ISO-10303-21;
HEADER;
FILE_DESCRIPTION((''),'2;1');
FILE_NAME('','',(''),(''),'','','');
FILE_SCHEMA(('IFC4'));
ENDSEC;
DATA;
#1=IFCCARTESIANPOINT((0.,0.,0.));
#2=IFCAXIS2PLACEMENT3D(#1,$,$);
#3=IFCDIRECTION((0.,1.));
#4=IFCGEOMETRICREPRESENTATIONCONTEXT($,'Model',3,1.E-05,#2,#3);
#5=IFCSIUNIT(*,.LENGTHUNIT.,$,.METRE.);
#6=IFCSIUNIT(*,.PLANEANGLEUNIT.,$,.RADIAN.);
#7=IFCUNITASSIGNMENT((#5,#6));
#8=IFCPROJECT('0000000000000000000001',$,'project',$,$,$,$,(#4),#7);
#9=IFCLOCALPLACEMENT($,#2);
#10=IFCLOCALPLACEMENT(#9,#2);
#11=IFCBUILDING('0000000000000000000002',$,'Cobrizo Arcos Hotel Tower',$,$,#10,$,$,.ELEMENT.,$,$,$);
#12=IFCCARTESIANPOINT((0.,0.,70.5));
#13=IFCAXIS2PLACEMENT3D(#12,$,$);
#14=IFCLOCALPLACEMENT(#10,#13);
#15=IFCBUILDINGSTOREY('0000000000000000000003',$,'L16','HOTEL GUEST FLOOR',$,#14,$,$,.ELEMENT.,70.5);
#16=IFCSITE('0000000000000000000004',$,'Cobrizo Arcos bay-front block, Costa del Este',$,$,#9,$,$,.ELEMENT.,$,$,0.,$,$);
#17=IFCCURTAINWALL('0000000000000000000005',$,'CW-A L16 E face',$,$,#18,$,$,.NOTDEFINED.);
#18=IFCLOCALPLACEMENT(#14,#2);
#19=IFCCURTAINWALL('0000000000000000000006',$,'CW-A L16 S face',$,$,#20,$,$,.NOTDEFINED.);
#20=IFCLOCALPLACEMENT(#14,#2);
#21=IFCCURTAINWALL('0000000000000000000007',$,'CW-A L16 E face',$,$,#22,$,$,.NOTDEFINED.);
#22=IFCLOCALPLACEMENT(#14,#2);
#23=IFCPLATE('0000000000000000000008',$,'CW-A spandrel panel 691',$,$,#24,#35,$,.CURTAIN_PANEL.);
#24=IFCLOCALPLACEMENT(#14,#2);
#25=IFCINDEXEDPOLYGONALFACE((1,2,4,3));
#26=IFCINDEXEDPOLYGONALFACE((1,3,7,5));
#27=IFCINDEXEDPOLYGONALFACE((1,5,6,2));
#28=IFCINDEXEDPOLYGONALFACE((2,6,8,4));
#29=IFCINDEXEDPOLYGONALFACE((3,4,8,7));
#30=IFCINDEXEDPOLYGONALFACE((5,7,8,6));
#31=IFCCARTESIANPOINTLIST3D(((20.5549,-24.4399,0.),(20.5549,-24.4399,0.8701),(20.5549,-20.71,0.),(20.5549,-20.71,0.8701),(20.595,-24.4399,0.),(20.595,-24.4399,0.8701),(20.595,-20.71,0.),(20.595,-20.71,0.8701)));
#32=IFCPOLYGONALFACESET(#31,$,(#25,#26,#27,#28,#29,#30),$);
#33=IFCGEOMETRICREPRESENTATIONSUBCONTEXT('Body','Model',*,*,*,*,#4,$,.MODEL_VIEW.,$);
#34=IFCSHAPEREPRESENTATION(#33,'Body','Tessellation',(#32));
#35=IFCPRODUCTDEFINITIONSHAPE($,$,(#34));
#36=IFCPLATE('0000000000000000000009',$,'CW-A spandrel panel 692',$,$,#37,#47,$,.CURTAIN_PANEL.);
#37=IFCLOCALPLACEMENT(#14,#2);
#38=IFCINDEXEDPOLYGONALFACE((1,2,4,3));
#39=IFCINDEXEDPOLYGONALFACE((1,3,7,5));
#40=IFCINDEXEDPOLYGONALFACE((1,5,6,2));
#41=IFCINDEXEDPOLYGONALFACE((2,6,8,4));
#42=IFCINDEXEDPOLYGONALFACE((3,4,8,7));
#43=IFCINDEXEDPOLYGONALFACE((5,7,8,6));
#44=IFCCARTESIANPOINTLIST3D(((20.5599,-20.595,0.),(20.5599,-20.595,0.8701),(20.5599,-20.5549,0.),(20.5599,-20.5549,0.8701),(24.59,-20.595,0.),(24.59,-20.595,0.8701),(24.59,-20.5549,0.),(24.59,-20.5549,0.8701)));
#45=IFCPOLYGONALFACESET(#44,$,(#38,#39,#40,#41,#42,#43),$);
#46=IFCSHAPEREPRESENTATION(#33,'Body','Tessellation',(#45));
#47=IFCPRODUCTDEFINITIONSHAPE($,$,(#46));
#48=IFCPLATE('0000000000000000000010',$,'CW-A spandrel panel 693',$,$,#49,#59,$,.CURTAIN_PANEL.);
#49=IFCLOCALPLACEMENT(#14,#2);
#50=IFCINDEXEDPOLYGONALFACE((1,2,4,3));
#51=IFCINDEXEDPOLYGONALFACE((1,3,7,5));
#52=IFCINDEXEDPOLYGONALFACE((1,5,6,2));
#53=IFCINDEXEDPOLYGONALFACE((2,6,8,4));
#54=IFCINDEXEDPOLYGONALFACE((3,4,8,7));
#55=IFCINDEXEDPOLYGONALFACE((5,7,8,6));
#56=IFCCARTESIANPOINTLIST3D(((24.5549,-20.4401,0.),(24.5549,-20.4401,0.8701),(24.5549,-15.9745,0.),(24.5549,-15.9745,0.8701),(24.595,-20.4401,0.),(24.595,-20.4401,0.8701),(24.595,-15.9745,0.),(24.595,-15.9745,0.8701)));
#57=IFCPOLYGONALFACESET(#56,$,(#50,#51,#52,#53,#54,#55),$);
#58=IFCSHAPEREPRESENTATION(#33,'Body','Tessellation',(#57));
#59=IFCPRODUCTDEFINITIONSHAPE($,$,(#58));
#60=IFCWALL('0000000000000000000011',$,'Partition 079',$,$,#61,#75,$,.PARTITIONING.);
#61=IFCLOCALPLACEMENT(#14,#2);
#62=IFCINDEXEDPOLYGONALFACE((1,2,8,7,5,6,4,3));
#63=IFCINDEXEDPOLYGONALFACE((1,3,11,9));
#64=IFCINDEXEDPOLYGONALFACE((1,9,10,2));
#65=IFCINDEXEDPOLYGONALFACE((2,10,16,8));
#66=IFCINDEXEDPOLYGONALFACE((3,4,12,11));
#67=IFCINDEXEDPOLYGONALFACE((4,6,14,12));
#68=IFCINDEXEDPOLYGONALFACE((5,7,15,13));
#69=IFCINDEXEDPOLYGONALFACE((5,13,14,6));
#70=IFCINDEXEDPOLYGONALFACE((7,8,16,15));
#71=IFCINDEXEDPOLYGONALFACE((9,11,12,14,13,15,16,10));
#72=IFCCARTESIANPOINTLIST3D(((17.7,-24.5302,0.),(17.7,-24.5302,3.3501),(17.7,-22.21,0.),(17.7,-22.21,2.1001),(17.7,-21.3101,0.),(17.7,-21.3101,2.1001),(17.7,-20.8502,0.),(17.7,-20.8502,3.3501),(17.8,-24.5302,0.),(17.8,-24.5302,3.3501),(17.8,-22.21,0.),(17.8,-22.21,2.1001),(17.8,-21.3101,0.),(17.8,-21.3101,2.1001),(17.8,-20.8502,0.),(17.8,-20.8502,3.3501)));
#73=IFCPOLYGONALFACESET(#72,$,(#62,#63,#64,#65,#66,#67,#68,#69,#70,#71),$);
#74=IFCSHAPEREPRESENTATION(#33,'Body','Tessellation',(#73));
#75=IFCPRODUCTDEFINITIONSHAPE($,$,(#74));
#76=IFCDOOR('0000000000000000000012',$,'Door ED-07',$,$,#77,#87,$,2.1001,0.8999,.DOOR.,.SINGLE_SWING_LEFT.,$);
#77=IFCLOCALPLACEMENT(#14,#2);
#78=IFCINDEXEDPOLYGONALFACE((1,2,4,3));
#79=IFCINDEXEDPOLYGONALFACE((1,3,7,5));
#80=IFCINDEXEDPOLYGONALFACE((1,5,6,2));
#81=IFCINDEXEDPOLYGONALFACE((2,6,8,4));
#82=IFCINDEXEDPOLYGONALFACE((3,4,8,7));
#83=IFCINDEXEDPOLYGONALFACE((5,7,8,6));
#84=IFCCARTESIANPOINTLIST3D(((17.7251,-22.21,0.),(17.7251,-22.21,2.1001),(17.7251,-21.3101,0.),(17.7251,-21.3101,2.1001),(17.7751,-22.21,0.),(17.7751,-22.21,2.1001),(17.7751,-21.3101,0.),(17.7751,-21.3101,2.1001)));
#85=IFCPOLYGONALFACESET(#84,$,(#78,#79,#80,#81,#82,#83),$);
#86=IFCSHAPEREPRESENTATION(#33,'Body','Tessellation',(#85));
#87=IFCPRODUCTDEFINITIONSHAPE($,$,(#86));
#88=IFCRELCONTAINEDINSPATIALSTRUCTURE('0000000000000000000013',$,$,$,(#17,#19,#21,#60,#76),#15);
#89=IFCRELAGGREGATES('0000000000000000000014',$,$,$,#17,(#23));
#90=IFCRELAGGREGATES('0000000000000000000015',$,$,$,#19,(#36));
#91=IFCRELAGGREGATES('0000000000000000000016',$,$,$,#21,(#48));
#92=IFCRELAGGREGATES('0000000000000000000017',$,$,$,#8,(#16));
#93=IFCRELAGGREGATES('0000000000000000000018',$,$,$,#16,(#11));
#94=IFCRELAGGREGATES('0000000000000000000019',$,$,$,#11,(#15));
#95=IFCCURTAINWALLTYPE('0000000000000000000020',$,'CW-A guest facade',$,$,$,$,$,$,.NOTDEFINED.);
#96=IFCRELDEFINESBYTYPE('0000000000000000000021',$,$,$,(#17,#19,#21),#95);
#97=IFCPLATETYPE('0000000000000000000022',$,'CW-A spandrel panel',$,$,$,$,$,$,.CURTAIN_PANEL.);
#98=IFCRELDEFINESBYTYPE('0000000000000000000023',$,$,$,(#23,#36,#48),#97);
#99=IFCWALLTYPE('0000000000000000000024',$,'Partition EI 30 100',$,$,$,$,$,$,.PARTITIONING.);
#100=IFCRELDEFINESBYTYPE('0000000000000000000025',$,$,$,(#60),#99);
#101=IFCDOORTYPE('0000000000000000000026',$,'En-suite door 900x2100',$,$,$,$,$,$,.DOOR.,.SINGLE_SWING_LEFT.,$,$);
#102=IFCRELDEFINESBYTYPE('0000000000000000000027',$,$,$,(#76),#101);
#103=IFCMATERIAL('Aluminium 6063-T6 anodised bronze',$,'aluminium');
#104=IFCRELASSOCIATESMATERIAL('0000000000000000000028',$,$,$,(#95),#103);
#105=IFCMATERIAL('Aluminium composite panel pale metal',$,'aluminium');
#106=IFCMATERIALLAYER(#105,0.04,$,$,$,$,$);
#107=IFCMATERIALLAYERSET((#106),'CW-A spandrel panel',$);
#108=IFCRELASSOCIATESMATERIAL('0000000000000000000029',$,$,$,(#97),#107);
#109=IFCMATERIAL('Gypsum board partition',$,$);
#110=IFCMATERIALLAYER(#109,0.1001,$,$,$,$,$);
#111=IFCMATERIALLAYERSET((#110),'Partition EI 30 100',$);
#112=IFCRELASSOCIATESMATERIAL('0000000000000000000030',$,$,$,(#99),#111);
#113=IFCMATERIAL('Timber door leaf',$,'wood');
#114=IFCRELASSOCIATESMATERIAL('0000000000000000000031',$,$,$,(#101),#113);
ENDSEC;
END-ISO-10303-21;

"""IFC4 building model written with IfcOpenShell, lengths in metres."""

from ifc_helpers import new_model, si_unit, direction, frame, frame_2d, origin, origin_2d, place, context, subcontext, project, spatial, rectangle, extrude, material, layer, layer_set, type_object, element, fill, aggregate, save


model = new_model("IFC4")

# Units and contexts
model_context = context("Model", 3, precision=1e-05, world=origin(), true_north=direction((0.0, 1.0)))
body_context = subcontext(model_context, "Body", "Model", "MODEL_VIEW")
ifc_project = project(units=[si_unit("LENGTHUNIT", "METRE"), si_unit("PLANEANGLEUNIT", "RADIAN")], contexts=[model_context])

# Site, building, storey
site_placement = place(None, origin())
site = spatial("IfcSite", under=ifc_project, at=site_placement, Name="Cobrizo Arcos bay-front block, Costa del Este", CompositionType="ELEMENT", RefElevation=0.0)
building_placement = place(site_placement, origin())
building = spatial("IfcBuilding", under=site, at=building_placement, Name="Cobrizo Arcos Hotel Tower", CompositionType="ELEMENT")
storey_placement = place(building_placement, frame((0.0, 0.0, 70.5)))
storey = spatial("IfcBuildingStorey", under=building, at=storey_placement, Name="L16", Description="HOTEL GUEST FLOOR", CompositionType="ELEMENT", Elevation=70.5)

# Curtain walls
ifc_material_1 = material(Name="Aluminium 6063-T6 anodised bronze", Category="aluminium")
curtain_wall_type = type_object("IfcCurtainWallType", Name="CW-A guest facade", PredefinedType="NOTDEFINED", material=ifc_material_1)
curtain_wall_1_placement = place(storey_placement, origin())
curtain_wall_1 = element("IfcCurtainWall", 1, at=curtain_wall_1_placement, inside=storey, type_object=curtain_wall_type, Name="CW-A L16 E face", PredefinedType="NOTDEFINED")
curtain_wall_2_placement = place(storey_placement, origin())
curtain_wall_2 = element("IfcCurtainWall", 2, at=curtain_wall_2_placement, inside=storey, type_object=curtain_wall_type, Name="CW-A L16 S face", PredefinedType="NOTDEFINED")

# Curtain wall
curtain_wall_3_placement = place(storey_placement, origin())
curtain_wall_3 = element("IfcCurtainWall", 3, at=curtain_wall_3_placement, inside=storey, type_object=curtain_wall_type, Name="CW-A L16 E face", PredefinedType="NOTDEFINED")

# Plates
ifc_material_2 = material(Name="Aluminium composite panel pale metal", Category="aluminium")
ifc_layer_1 = layer(ifc_material_2, 0.04)
ifc_layer_set_1 = layer_set([ifc_layer_1], Name="CW-A spandrel panel")
plate_type_1 = type_object("IfcPlateType", Name="CW-A spandrel panel", PredefinedType="CURTAIN_PANEL", material=ifc_layer_set_1)
plate_1_placement = place(storey_placement, frame((20.575, -22.575, 0.0), z_axis=(0.0, 0.0, 1.0), x_axis=(0.0, 1.0, 0.0)))
plate_1 = element("IfcPlate", 4, at=plate_1_placement, type_object=plate_type_1, Name="CW-A spandrel panel 691", PredefinedType="CURTAIN_PANEL", context=body_context, shape_type="SweptSolid", body=[
    extrude(rectangle(XDim=3.73, YDim=0.04, at=origin_2d()), origin(), (0.0, 0.0, 1.0), 0.8701),
])
aggregate(curtain_wall_1, [plate_1])
plate_2_placement = place(storey_placement, frame((22.575, -20.575, 0.0), z_axis=(0.0, 0.0, 1.0), x_axis=(1.0, 0.0, 0.0)))
plate_2 = element("IfcPlate", 5, at=plate_2_placement, type_object=plate_type_1, Name="CW-A spandrel panel 692", PredefinedType="CURTAIN_PANEL", context=body_context, shape_type="SweptSolid", body=[
    extrude(rectangle(XDim=4.03, YDim=0.04, at=origin_2d()), origin(), (0.0, 0.0, 1.0), 0.8701),
])
aggregate(curtain_wall_2, [plate_2])
plate_3_placement = place(storey_placement, frame((24.575, -18.2073, 0.0), z_axis=(0.0, 0.0, 1.0), x_axis=(0.0, 1.0, 0.0)))
plate_3 = element("IfcPlate", 6, at=plate_3_placement, type_object=plate_type_1, Name="CW-A spandrel panel 693", PredefinedType="CURTAIN_PANEL", context=body_context, shape_type="SweptSolid", body=[
    extrude(rectangle(XDim=4.4656, YDim=0.04, at=origin_2d()), origin(), (0.0, 0.0, 1.0), 0.8701),
])
aggregate(curtain_wall_3, [plate_3])

# Wall, opening, door
ifc_material_3 = material(Name="Gypsum board partition")
ifc_layer_2 = layer(ifc_material_3, 0.1001)
ifc_layer_set_2 = layer_set([ifc_layer_2], Name="Partition EI 30 100")
wall_type = type_object("IfcWallType", Name="Partition EI 30 100", PredefinedType="PARTITIONING", material=ifc_layer_set_2)
wall_placement = place(storey_placement, frame((17.75, -24.53, 0.0), z_axis=(0.0, 0.0, 1.0), x_axis=(0.0, 1.0, 0.0)))
wall = element("IfcWall", 7, at=wall_placement, inside=storey, type_object=wall_type, Name="Partition 079", PredefinedType="PARTITIONING", context=body_context, shape_type="SweptSolid", body=[
    extrude(rectangle(XDim=3.6799, YDim=0.1001, at=frame_2d((1.8398, 0.0))), origin(), (0.0, 0.0, 1.0), 3.3501),
])
opening_placement = place(wall_placement, frame((2.3201, 0.0, 0.0)))
opening = element("IfcOpeningElement", 8, at=opening_placement, cuts=wall, PredefinedType="OPENING", context=body_context, shape_type="SweptSolid", body=[
    extrude(rectangle(XDim=0.8999, YDim=2.1001, at=frame_2d((0.45, 1.05))), frame((0.0, 0.062, 0.0), z_axis=(0.0, -1.0, 0.0), x_axis=(1.0, 0.0, 0.0)), (0.0, 0.0, 1.0), 0.124),
])
ifc_material_4 = material(Name="Timber door leaf", Category="wood")
door_type = type_object("IfcDoorType", Name="En-suite door 900x2100", OperationType="SINGLE_SWING_LEFT", PredefinedType="DOOR", material=ifc_material_4)
door_placement = place(opening_placement, origin())
door = element("IfcDoor", 9, at=door_placement, inside=storey, type_object=door_type, Name="Door ED-07", OperationType="SINGLE_SWING_LEFT", OverallHeight=2.1001, OverallWidth=0.8999, PredefinedType="DOOR", context=body_context, shape_type="SweptSolid", body=[
    extrude(rectangle(XDim=0.8999, YDim=2.1001, at=frame_2d((0.45, 1.05))), frame((0.0, 0.0249, 0.0), z_axis=(0.0, -1.0, 0.0), x_axis=(1.0, 0.0, 0.0)), (0.0, 0.0, 1.0), 0.05),
])
fill(opening, door)

save(model, "model.ifc")
